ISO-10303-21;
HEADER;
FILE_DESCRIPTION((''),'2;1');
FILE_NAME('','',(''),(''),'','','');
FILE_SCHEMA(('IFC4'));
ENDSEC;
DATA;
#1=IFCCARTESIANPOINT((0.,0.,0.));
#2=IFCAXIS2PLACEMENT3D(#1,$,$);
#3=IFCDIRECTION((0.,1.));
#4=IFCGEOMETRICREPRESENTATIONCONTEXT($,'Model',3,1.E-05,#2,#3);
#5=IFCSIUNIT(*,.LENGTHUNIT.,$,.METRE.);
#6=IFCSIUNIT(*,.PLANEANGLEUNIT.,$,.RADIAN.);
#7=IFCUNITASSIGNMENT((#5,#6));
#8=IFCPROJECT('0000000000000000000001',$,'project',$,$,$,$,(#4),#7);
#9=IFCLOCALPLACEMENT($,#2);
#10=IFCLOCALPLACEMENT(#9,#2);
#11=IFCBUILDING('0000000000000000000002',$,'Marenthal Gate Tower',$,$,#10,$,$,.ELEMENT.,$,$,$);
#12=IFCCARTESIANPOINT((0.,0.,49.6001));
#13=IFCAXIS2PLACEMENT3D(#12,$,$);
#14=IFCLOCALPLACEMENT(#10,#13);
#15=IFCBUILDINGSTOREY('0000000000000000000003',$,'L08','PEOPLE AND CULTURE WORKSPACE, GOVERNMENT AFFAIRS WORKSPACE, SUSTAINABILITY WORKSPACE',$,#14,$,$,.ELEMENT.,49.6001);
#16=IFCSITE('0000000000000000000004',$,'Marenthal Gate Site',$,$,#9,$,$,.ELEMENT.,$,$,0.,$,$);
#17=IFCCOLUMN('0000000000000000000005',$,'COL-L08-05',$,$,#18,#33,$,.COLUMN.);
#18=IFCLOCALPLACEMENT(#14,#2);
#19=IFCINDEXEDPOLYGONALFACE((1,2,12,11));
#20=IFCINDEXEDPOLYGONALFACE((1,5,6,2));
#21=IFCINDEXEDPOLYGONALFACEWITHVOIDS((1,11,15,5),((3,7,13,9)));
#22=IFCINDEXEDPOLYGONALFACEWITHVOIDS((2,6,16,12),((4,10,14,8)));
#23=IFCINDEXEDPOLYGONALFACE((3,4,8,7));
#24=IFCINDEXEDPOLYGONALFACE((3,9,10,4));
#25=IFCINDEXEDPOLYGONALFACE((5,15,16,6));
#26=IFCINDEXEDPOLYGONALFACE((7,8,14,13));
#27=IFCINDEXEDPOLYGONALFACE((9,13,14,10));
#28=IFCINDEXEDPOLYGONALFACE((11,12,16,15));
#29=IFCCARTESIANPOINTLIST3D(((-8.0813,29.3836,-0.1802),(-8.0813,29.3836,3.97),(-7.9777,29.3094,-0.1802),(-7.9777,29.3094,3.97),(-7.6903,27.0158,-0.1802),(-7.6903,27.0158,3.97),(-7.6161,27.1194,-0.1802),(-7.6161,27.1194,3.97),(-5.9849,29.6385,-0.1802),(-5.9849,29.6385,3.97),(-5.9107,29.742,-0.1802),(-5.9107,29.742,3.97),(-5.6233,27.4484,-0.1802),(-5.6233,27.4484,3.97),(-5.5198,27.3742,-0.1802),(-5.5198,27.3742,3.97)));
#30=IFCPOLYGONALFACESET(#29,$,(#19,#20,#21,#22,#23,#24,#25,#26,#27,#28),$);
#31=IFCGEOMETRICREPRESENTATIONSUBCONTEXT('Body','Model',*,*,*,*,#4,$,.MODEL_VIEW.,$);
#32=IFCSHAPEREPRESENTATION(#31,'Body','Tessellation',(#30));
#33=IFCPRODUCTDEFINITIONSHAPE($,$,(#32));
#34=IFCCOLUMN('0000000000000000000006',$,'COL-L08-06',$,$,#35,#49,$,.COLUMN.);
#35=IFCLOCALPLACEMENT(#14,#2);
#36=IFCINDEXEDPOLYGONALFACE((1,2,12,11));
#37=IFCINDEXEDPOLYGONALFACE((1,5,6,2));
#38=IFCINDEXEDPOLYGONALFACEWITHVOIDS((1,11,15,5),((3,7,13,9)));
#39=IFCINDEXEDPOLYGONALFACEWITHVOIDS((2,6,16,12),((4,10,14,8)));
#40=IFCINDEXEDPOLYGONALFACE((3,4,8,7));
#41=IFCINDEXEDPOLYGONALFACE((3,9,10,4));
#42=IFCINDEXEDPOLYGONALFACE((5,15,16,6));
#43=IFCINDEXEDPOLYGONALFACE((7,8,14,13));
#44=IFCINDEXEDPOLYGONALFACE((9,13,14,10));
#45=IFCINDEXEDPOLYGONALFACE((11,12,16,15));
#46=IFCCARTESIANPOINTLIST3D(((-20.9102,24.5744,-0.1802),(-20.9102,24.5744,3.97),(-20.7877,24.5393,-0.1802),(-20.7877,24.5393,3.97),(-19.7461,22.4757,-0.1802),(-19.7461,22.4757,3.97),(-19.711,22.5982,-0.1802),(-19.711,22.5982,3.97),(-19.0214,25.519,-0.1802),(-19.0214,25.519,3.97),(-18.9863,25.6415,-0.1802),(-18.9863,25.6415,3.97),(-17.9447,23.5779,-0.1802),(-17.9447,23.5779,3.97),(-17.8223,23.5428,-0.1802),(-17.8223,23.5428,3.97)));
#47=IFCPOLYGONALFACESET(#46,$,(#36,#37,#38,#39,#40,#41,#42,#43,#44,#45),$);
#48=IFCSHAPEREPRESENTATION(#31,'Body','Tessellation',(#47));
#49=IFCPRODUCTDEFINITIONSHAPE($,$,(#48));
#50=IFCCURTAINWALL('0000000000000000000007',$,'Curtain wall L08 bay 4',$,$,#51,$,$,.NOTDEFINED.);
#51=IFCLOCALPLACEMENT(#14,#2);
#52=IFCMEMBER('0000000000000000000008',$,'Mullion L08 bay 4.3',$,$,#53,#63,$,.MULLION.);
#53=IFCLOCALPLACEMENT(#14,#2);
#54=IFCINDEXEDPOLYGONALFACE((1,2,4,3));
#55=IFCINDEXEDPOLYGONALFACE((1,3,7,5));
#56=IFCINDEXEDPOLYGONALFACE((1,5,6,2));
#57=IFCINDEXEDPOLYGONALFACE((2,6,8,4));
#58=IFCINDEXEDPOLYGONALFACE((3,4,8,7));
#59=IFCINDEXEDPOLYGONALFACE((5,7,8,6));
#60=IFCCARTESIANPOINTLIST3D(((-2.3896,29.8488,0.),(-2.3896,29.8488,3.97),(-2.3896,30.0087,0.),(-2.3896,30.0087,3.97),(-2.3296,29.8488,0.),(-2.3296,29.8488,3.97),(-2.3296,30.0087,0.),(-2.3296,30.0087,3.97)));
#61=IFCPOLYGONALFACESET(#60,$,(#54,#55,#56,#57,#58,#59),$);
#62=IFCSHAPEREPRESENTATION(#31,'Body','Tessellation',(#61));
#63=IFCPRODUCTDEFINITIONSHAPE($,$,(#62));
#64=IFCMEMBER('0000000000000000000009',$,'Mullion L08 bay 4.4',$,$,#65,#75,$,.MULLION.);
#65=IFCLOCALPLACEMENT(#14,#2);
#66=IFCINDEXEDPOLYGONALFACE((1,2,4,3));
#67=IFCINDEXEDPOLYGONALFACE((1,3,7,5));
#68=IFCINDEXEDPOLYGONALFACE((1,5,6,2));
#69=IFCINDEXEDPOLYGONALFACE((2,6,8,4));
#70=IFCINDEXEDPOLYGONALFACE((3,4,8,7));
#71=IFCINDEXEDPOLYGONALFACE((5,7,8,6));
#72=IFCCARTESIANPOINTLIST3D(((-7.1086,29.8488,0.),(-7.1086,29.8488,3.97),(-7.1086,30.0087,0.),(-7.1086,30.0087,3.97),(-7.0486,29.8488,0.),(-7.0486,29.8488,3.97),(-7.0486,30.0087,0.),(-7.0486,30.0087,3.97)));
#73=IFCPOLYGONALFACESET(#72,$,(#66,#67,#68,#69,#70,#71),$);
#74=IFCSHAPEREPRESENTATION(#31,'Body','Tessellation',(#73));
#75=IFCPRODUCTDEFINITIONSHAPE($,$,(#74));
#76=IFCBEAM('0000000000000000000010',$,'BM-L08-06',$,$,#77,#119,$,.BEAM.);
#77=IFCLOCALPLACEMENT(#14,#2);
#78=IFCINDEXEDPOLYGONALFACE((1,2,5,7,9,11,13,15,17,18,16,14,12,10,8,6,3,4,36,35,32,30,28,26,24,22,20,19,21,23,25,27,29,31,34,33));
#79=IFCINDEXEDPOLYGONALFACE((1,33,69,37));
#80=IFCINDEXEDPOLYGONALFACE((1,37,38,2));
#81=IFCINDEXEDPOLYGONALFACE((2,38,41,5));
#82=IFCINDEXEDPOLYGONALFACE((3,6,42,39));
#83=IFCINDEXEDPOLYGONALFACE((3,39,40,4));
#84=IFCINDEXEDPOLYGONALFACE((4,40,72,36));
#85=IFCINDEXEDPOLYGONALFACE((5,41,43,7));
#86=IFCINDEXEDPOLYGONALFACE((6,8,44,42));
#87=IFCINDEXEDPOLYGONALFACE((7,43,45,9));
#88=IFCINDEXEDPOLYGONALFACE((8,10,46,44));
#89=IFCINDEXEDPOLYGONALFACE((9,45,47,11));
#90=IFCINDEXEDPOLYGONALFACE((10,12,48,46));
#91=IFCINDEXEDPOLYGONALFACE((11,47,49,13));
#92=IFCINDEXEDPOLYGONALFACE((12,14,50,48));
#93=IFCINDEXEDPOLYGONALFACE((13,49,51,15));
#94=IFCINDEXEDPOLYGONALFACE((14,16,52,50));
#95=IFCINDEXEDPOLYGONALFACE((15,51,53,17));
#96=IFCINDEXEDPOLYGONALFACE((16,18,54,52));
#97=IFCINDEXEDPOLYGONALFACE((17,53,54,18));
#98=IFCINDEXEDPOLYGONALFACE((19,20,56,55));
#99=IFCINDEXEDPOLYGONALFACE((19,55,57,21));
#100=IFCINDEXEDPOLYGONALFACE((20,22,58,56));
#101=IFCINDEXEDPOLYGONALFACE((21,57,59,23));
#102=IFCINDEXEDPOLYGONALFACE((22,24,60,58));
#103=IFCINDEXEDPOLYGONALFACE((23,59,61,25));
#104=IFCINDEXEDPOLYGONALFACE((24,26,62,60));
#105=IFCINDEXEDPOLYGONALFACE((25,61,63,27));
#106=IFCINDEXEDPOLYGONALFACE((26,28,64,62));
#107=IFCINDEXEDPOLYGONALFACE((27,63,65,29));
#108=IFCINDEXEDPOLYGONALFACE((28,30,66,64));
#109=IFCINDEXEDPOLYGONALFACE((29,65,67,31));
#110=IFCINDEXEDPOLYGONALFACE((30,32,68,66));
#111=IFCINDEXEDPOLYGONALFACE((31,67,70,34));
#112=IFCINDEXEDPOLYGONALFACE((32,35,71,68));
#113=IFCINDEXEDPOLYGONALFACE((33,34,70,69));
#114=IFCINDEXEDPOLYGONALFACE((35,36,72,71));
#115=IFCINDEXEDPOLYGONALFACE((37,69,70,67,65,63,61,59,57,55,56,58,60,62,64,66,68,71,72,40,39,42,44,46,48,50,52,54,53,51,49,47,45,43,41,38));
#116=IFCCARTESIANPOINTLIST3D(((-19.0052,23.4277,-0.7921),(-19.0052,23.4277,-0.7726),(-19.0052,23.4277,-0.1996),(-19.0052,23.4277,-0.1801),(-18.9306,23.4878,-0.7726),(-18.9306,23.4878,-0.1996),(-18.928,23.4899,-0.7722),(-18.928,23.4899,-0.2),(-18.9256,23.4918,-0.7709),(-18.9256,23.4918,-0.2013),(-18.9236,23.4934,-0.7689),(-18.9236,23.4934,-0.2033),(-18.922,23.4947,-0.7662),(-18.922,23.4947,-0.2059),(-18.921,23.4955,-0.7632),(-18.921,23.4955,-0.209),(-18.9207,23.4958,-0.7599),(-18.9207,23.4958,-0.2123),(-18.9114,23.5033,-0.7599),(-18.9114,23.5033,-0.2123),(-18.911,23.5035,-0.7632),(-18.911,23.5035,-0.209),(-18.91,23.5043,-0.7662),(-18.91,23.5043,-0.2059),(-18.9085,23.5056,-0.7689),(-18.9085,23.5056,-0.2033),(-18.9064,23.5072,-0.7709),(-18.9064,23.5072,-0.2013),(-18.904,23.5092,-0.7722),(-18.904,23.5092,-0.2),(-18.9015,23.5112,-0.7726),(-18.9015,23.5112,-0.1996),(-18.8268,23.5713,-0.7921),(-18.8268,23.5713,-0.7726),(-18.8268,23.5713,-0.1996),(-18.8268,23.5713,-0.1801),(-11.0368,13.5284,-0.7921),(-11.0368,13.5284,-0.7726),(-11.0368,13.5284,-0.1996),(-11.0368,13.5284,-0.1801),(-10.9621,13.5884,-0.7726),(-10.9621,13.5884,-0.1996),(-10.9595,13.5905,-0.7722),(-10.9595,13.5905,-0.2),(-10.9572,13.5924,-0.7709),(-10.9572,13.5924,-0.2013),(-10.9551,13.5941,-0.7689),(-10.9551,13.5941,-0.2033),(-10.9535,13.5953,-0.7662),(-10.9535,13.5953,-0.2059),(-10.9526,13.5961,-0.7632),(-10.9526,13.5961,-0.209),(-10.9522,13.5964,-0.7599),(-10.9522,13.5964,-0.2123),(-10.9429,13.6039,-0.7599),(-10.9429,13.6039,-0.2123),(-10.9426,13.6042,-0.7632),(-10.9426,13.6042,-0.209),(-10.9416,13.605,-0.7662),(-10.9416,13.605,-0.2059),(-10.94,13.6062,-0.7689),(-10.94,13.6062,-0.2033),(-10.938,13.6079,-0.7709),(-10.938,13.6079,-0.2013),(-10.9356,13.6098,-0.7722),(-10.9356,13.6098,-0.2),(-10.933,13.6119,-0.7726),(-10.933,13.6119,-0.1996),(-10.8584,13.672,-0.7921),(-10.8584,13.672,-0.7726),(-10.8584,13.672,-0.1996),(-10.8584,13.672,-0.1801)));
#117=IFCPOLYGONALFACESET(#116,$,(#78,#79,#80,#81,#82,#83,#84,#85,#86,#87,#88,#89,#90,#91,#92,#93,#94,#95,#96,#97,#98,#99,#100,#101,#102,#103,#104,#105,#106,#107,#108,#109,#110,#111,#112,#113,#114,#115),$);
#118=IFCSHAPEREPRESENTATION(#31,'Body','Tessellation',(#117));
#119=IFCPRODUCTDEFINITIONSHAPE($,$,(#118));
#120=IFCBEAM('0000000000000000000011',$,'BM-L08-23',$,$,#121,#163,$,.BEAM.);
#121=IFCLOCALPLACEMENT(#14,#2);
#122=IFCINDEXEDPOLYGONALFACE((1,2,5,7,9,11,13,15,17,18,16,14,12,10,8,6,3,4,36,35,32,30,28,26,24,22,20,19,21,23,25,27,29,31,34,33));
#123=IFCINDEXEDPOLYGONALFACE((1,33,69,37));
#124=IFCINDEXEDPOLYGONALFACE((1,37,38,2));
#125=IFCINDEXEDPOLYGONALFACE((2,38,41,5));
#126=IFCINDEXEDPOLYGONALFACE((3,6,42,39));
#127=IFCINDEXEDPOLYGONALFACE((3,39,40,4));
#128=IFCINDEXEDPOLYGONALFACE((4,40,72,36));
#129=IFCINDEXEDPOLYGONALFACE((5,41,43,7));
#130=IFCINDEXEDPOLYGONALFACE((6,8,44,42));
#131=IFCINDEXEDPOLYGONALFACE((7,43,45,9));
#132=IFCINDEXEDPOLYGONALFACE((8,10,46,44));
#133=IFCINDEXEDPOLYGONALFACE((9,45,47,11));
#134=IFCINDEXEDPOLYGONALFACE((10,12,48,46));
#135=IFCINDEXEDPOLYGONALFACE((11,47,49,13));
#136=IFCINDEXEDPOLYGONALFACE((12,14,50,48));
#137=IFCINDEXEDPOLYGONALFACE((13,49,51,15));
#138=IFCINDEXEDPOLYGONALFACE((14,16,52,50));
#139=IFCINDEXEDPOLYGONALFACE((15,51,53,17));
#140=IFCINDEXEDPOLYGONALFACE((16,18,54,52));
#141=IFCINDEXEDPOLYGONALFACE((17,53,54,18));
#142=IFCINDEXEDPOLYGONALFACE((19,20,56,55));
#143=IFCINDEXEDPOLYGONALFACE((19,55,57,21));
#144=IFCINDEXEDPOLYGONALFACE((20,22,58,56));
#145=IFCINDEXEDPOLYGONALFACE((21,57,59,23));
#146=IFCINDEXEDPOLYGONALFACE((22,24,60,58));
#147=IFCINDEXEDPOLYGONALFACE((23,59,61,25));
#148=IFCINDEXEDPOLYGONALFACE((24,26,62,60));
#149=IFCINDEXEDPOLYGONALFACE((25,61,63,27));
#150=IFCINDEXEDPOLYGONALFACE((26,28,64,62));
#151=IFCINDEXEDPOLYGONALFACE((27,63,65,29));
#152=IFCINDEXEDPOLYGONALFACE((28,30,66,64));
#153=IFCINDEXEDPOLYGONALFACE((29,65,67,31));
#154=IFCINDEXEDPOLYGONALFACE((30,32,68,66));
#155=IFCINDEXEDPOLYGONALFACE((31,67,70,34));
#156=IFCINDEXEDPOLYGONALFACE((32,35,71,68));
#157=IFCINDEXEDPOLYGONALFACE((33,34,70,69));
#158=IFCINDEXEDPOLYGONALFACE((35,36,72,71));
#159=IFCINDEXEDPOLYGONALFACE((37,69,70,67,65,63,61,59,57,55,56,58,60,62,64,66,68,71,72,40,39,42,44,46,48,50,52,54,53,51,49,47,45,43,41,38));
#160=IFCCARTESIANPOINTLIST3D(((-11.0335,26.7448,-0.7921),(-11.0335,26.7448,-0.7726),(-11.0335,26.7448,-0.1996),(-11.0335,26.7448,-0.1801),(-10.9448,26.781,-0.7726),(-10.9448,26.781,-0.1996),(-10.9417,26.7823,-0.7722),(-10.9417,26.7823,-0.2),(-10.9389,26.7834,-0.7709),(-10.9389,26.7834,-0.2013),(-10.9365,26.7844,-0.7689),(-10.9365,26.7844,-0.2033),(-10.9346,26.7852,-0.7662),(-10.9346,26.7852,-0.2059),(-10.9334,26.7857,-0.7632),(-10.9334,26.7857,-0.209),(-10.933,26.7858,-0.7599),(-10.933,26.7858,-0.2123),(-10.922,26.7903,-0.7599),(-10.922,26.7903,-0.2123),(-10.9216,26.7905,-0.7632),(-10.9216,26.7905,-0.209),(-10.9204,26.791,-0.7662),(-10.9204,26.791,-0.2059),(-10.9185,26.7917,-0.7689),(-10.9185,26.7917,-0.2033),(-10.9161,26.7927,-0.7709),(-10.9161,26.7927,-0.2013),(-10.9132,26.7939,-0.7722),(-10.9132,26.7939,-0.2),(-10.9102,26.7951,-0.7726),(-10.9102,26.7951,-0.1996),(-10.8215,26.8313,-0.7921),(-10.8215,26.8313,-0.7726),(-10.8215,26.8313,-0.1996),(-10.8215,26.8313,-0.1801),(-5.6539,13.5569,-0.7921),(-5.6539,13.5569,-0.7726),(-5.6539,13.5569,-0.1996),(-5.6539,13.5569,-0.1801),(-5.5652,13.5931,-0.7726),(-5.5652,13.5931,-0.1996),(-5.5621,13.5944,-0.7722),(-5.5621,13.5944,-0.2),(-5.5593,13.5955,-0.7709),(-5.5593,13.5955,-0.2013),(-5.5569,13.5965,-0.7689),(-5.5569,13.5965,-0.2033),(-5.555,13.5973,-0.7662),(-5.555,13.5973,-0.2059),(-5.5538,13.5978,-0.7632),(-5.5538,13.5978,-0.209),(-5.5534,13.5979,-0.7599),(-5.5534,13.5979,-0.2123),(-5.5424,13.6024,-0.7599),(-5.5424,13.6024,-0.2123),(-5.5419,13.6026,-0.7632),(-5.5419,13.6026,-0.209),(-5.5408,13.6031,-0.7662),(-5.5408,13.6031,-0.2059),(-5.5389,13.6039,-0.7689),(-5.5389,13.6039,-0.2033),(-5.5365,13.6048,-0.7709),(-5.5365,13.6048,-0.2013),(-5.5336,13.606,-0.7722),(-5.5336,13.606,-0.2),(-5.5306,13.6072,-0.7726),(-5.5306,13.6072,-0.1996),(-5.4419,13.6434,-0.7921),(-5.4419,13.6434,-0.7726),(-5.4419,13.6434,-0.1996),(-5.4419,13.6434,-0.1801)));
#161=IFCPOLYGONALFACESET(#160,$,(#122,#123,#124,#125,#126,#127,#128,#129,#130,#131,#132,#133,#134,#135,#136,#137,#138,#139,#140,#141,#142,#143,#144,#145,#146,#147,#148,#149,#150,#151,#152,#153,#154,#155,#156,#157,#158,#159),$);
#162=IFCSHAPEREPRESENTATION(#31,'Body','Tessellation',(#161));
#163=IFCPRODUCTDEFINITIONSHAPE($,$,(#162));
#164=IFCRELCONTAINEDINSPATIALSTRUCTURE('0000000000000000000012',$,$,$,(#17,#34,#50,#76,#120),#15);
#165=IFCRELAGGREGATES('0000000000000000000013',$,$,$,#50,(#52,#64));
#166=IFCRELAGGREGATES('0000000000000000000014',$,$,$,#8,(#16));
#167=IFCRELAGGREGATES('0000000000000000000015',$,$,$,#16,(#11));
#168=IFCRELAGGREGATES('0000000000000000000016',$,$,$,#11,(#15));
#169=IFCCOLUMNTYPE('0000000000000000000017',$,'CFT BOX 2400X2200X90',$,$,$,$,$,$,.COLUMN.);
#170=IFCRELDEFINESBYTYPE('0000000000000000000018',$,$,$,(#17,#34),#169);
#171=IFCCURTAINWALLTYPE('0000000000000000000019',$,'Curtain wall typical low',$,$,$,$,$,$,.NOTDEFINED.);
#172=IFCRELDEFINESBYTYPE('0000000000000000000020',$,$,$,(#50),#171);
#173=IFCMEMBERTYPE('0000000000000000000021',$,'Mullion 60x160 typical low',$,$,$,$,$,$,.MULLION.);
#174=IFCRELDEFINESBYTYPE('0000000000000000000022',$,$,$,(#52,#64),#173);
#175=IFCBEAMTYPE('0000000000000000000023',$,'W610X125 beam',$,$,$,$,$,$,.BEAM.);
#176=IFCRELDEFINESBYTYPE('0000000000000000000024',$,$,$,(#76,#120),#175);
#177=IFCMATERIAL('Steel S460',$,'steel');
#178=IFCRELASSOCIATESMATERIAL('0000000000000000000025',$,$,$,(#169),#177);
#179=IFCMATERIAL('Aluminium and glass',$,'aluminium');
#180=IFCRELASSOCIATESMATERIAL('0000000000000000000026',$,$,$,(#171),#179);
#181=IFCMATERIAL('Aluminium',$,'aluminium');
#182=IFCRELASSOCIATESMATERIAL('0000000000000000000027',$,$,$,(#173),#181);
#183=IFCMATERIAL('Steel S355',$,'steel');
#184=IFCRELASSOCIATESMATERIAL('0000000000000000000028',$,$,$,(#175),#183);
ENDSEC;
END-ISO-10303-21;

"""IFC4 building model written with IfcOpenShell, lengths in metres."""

from ifc_helpers import new_model, si_unit, direction, frame, origin, origin_2d, place, context, subcontext, project, spatial, rectangle, hollow_rectangle, i_section, extrude, material, material_profile, profile_set, type_object, element, aggregate, save


model = new_model("IFC4")

# Units and contexts
model_context = context("Model", 3, precision=1e-05, world=origin(), true_north=direction((0.0, 1.0)))
body_context = subcontext(model_context, "Body", "Model", "MODEL_VIEW")
ifc_project = project(units=[si_unit("LENGTHUNIT", "METRE"), si_unit("PLANEANGLEUNIT", "RADIAN")], contexts=[model_context])

# Site, building, storey
site_placement = place(None, origin())
site = spatial("IfcSite", under=ifc_project, at=site_placement, Name="Marenthal Gate Site", CompositionType="ELEMENT", RefElevation=0.0)
building_placement = place(site_placement, origin())
building = spatial("IfcBuilding", under=site, at=building_placement, Name="Marenthal Gate Tower", CompositionType="ELEMENT")
storey_placement = place(building_placement, frame((0.0, 0.0, 49.6001)))
storey = spatial("IfcBuildingStorey", under=building, at=storey_placement, Name="L08", Description="PEOPLE AND CULTURE WORKSPACE, GOVERNMENT AFFAIRS WORKSPACE, SUSTAINABILITY WORKSPACE", CompositionType="ELEMENT", Elevation=49.6001)

# Columns
ifc_material_1 = material(Name="Steel S460", Category="steel")
ifc_material_profile_1 = material_profile(ifc_material_1, hollow_rectangle(XDim=2.2, YDim=2.3999, WallThickness=0.0901, at=origin_2d()), Name="CFT BOX 2400X2200X90")
ifc_material_2 = material(Name="Concrete 70 MPa", Category="concrete")
ifc_material_profile_2 = material_profile(ifc_material_2, rectangle(XDim=2.02, YDim=2.22, at=origin_2d()), Name="CFT BOX 2400X2200X90 INFILL")
ifc_profile_set_1 = profile_set([ifc_material_profile_1, ifc_material_profile_2], Name="Steel S460 shell, Concrete 70 MPa infill")
column_type = type_object("IfcColumnType", Name="CFT BOX 2400X2200X90", PredefinedType="COLUMN", material=ifc_profile_set_1)
for number, where, z_axis, x_axis, name in (
    (1, (-6.8005, 28.3789, -0.1802), (0.0, 0.0, 1.0), (0.986641, 0.162908, 0.0), "COL-L08-05"),
    (2, (-19.3662, 24.0586, -0.1802), (0.0, 0.0, 1.0), (0.874496, 0.485032, 0.0), "COL-L08-06"),
):
    element("IfcColumn", number, at=place(storey_placement, frame(where, z_axis=z_axis, x_axis=x_axis)), inside=storey, type_object=column_type, Name=name, PredefinedType="COLUMN", context=body_context, shape_type="SweptSolid", body=[
        extrude(hollow_rectangle(XDim=2.2, YDim=2.3999, WallThickness=0.0901, at=origin_2d()), origin(), (0.0, 0.0, 1.0), 4.1501),
    ])

# Curtain wall, members
ifc_material_3 = material(Name="Aluminium and glass", Category="aluminium")
curtain_wall_type = type_object("IfcCurtainWallType", Name="Curtain wall typical low", PredefinedType="NOTDEFINED", material=ifc_material_3)
curtain_wall_placement = place(storey_placement, origin())
curtain_wall = element("IfcCurtainWall", 3, at=curtain_wall_placement, inside=storey, type_object=curtain_wall_type, Name="Curtain wall L08 bay 4", PredefinedType="NOTDEFINED")
ifc_material_4 = material(Name="Aluminium", Category="aluminium")
ifc_material_profile_3 = material_profile(ifc_material_4, rectangle(XDim=0.1599, YDim=0.0601, at=origin_2d()), Name="60x160 aluminium mullion")
ifc_profile_set_2 = profile_set([ifc_material_profile_3], Name="Aluminium")
member_type = type_object("IfcMemberType", Name="Mullion 60x160 typical low", PredefinedType="MULLION", material=ifc_profile_set_2)
member_1_placement = place(storey_placement, frame((-2.3596, 29.9287, 0.0), z_axis=(0.0, 0.0, 1.0), x_axis=(0.0, -1.0, 0.0)))
member_1 = element("IfcMember", 4, at=member_1_placement, type_object=member_type, Name="Mullion L08 bay 4.3", PredefinedType="MULLION", context=body_context, shape_type="SweptSolid", body=[
    extrude(rectangle(XDim=0.1599, YDim=0.0601, at=origin_2d()), origin(), (0.0, 0.0, 1.0), 3.97),
])
member_2_placement = place(storey_placement, frame((-7.0786, 29.9287, 0.0), z_axis=(0.0, 0.0, 1.0), x_axis=(0.0, -1.0, 0.0)))
member_2 = element("IfcMember", 5, at=member_2_placement, type_object=member_type, Name="Mullion L08 bay 4.4", PredefinedType="MULLION", context=body_context, shape_type="SweptSolid", body=[
    extrude(rectangle(XDim=0.1599, YDim=0.0601, at=origin_2d()), origin(), (0.0, 0.0, 1.0), 3.97),
])

# Beams
ifc_material_5 = material(Name="Steel S355", Category="steel")
ifc_material_profile_4 = material_profile(ifc_material_5, i_section(OverallWidth=0.229, OverallDepth=0.6121, WebThickness=0.012, FlangeThickness=0.0195, FilletRadius=0.0127, at=origin_2d()), Name="W610X125")
ifc_profile_set_3 = profile_set([ifc_material_profile_4], Name="Steel S355")
beam_type_1 = type_object("IfcBeamType", Name="W610X125 beam", PredefinedType="BEAM", material=ifc_profile_set_3)
beam_1_placement = place(storey_placement, frame((-18.916, 23.4995, -0.4861), z_axis=(0.627042, -0.778985, 0.0), x_axis=(0.778985, 0.627042, 0.0)))
element("IfcBeam", 6, at=beam_1_placement, inside=storey, type_object=beam_type_1, Name="BM-L08-06", PredefinedType="BEAM", context=body_context, shape_type="SweptSolid", body=[
    extrude(i_section(OverallWidth=0.229, OverallDepth=0.6121, WebThickness=0.012, FlangeThickness=0.0195, FilletRadius=0.0127, at=origin_2d()), origin(), (0.0, 0.0, 1.0), 12.708),
])
beam_2_placement = place(storey_placement, frame((-10.9275, 26.7881, -0.4861), z_axis=(0.377704, -0.925927, 0.0), x_axis=(0.925927, 0.377704, 0.0)))
element("IfcBeam", 7, at=beam_2_placement, inside=storey, type_object=beam_type_1, Name="BM-L08-23", PredefinedType="BEAM", context=body_context, shape_type="SweptSolid", body=[
    extrude(i_section(OverallWidth=0.229, OverallDepth=0.6121, WebThickness=0.012, FlangeThickness=0.0195, FilletRadius=0.0127, at=origin_2d()), origin(), (0.0, 0.0, 1.0), 14.2429),
])

aggregate(curtain_wall, [member_1, member_2])

save(model, "model.ifc")
